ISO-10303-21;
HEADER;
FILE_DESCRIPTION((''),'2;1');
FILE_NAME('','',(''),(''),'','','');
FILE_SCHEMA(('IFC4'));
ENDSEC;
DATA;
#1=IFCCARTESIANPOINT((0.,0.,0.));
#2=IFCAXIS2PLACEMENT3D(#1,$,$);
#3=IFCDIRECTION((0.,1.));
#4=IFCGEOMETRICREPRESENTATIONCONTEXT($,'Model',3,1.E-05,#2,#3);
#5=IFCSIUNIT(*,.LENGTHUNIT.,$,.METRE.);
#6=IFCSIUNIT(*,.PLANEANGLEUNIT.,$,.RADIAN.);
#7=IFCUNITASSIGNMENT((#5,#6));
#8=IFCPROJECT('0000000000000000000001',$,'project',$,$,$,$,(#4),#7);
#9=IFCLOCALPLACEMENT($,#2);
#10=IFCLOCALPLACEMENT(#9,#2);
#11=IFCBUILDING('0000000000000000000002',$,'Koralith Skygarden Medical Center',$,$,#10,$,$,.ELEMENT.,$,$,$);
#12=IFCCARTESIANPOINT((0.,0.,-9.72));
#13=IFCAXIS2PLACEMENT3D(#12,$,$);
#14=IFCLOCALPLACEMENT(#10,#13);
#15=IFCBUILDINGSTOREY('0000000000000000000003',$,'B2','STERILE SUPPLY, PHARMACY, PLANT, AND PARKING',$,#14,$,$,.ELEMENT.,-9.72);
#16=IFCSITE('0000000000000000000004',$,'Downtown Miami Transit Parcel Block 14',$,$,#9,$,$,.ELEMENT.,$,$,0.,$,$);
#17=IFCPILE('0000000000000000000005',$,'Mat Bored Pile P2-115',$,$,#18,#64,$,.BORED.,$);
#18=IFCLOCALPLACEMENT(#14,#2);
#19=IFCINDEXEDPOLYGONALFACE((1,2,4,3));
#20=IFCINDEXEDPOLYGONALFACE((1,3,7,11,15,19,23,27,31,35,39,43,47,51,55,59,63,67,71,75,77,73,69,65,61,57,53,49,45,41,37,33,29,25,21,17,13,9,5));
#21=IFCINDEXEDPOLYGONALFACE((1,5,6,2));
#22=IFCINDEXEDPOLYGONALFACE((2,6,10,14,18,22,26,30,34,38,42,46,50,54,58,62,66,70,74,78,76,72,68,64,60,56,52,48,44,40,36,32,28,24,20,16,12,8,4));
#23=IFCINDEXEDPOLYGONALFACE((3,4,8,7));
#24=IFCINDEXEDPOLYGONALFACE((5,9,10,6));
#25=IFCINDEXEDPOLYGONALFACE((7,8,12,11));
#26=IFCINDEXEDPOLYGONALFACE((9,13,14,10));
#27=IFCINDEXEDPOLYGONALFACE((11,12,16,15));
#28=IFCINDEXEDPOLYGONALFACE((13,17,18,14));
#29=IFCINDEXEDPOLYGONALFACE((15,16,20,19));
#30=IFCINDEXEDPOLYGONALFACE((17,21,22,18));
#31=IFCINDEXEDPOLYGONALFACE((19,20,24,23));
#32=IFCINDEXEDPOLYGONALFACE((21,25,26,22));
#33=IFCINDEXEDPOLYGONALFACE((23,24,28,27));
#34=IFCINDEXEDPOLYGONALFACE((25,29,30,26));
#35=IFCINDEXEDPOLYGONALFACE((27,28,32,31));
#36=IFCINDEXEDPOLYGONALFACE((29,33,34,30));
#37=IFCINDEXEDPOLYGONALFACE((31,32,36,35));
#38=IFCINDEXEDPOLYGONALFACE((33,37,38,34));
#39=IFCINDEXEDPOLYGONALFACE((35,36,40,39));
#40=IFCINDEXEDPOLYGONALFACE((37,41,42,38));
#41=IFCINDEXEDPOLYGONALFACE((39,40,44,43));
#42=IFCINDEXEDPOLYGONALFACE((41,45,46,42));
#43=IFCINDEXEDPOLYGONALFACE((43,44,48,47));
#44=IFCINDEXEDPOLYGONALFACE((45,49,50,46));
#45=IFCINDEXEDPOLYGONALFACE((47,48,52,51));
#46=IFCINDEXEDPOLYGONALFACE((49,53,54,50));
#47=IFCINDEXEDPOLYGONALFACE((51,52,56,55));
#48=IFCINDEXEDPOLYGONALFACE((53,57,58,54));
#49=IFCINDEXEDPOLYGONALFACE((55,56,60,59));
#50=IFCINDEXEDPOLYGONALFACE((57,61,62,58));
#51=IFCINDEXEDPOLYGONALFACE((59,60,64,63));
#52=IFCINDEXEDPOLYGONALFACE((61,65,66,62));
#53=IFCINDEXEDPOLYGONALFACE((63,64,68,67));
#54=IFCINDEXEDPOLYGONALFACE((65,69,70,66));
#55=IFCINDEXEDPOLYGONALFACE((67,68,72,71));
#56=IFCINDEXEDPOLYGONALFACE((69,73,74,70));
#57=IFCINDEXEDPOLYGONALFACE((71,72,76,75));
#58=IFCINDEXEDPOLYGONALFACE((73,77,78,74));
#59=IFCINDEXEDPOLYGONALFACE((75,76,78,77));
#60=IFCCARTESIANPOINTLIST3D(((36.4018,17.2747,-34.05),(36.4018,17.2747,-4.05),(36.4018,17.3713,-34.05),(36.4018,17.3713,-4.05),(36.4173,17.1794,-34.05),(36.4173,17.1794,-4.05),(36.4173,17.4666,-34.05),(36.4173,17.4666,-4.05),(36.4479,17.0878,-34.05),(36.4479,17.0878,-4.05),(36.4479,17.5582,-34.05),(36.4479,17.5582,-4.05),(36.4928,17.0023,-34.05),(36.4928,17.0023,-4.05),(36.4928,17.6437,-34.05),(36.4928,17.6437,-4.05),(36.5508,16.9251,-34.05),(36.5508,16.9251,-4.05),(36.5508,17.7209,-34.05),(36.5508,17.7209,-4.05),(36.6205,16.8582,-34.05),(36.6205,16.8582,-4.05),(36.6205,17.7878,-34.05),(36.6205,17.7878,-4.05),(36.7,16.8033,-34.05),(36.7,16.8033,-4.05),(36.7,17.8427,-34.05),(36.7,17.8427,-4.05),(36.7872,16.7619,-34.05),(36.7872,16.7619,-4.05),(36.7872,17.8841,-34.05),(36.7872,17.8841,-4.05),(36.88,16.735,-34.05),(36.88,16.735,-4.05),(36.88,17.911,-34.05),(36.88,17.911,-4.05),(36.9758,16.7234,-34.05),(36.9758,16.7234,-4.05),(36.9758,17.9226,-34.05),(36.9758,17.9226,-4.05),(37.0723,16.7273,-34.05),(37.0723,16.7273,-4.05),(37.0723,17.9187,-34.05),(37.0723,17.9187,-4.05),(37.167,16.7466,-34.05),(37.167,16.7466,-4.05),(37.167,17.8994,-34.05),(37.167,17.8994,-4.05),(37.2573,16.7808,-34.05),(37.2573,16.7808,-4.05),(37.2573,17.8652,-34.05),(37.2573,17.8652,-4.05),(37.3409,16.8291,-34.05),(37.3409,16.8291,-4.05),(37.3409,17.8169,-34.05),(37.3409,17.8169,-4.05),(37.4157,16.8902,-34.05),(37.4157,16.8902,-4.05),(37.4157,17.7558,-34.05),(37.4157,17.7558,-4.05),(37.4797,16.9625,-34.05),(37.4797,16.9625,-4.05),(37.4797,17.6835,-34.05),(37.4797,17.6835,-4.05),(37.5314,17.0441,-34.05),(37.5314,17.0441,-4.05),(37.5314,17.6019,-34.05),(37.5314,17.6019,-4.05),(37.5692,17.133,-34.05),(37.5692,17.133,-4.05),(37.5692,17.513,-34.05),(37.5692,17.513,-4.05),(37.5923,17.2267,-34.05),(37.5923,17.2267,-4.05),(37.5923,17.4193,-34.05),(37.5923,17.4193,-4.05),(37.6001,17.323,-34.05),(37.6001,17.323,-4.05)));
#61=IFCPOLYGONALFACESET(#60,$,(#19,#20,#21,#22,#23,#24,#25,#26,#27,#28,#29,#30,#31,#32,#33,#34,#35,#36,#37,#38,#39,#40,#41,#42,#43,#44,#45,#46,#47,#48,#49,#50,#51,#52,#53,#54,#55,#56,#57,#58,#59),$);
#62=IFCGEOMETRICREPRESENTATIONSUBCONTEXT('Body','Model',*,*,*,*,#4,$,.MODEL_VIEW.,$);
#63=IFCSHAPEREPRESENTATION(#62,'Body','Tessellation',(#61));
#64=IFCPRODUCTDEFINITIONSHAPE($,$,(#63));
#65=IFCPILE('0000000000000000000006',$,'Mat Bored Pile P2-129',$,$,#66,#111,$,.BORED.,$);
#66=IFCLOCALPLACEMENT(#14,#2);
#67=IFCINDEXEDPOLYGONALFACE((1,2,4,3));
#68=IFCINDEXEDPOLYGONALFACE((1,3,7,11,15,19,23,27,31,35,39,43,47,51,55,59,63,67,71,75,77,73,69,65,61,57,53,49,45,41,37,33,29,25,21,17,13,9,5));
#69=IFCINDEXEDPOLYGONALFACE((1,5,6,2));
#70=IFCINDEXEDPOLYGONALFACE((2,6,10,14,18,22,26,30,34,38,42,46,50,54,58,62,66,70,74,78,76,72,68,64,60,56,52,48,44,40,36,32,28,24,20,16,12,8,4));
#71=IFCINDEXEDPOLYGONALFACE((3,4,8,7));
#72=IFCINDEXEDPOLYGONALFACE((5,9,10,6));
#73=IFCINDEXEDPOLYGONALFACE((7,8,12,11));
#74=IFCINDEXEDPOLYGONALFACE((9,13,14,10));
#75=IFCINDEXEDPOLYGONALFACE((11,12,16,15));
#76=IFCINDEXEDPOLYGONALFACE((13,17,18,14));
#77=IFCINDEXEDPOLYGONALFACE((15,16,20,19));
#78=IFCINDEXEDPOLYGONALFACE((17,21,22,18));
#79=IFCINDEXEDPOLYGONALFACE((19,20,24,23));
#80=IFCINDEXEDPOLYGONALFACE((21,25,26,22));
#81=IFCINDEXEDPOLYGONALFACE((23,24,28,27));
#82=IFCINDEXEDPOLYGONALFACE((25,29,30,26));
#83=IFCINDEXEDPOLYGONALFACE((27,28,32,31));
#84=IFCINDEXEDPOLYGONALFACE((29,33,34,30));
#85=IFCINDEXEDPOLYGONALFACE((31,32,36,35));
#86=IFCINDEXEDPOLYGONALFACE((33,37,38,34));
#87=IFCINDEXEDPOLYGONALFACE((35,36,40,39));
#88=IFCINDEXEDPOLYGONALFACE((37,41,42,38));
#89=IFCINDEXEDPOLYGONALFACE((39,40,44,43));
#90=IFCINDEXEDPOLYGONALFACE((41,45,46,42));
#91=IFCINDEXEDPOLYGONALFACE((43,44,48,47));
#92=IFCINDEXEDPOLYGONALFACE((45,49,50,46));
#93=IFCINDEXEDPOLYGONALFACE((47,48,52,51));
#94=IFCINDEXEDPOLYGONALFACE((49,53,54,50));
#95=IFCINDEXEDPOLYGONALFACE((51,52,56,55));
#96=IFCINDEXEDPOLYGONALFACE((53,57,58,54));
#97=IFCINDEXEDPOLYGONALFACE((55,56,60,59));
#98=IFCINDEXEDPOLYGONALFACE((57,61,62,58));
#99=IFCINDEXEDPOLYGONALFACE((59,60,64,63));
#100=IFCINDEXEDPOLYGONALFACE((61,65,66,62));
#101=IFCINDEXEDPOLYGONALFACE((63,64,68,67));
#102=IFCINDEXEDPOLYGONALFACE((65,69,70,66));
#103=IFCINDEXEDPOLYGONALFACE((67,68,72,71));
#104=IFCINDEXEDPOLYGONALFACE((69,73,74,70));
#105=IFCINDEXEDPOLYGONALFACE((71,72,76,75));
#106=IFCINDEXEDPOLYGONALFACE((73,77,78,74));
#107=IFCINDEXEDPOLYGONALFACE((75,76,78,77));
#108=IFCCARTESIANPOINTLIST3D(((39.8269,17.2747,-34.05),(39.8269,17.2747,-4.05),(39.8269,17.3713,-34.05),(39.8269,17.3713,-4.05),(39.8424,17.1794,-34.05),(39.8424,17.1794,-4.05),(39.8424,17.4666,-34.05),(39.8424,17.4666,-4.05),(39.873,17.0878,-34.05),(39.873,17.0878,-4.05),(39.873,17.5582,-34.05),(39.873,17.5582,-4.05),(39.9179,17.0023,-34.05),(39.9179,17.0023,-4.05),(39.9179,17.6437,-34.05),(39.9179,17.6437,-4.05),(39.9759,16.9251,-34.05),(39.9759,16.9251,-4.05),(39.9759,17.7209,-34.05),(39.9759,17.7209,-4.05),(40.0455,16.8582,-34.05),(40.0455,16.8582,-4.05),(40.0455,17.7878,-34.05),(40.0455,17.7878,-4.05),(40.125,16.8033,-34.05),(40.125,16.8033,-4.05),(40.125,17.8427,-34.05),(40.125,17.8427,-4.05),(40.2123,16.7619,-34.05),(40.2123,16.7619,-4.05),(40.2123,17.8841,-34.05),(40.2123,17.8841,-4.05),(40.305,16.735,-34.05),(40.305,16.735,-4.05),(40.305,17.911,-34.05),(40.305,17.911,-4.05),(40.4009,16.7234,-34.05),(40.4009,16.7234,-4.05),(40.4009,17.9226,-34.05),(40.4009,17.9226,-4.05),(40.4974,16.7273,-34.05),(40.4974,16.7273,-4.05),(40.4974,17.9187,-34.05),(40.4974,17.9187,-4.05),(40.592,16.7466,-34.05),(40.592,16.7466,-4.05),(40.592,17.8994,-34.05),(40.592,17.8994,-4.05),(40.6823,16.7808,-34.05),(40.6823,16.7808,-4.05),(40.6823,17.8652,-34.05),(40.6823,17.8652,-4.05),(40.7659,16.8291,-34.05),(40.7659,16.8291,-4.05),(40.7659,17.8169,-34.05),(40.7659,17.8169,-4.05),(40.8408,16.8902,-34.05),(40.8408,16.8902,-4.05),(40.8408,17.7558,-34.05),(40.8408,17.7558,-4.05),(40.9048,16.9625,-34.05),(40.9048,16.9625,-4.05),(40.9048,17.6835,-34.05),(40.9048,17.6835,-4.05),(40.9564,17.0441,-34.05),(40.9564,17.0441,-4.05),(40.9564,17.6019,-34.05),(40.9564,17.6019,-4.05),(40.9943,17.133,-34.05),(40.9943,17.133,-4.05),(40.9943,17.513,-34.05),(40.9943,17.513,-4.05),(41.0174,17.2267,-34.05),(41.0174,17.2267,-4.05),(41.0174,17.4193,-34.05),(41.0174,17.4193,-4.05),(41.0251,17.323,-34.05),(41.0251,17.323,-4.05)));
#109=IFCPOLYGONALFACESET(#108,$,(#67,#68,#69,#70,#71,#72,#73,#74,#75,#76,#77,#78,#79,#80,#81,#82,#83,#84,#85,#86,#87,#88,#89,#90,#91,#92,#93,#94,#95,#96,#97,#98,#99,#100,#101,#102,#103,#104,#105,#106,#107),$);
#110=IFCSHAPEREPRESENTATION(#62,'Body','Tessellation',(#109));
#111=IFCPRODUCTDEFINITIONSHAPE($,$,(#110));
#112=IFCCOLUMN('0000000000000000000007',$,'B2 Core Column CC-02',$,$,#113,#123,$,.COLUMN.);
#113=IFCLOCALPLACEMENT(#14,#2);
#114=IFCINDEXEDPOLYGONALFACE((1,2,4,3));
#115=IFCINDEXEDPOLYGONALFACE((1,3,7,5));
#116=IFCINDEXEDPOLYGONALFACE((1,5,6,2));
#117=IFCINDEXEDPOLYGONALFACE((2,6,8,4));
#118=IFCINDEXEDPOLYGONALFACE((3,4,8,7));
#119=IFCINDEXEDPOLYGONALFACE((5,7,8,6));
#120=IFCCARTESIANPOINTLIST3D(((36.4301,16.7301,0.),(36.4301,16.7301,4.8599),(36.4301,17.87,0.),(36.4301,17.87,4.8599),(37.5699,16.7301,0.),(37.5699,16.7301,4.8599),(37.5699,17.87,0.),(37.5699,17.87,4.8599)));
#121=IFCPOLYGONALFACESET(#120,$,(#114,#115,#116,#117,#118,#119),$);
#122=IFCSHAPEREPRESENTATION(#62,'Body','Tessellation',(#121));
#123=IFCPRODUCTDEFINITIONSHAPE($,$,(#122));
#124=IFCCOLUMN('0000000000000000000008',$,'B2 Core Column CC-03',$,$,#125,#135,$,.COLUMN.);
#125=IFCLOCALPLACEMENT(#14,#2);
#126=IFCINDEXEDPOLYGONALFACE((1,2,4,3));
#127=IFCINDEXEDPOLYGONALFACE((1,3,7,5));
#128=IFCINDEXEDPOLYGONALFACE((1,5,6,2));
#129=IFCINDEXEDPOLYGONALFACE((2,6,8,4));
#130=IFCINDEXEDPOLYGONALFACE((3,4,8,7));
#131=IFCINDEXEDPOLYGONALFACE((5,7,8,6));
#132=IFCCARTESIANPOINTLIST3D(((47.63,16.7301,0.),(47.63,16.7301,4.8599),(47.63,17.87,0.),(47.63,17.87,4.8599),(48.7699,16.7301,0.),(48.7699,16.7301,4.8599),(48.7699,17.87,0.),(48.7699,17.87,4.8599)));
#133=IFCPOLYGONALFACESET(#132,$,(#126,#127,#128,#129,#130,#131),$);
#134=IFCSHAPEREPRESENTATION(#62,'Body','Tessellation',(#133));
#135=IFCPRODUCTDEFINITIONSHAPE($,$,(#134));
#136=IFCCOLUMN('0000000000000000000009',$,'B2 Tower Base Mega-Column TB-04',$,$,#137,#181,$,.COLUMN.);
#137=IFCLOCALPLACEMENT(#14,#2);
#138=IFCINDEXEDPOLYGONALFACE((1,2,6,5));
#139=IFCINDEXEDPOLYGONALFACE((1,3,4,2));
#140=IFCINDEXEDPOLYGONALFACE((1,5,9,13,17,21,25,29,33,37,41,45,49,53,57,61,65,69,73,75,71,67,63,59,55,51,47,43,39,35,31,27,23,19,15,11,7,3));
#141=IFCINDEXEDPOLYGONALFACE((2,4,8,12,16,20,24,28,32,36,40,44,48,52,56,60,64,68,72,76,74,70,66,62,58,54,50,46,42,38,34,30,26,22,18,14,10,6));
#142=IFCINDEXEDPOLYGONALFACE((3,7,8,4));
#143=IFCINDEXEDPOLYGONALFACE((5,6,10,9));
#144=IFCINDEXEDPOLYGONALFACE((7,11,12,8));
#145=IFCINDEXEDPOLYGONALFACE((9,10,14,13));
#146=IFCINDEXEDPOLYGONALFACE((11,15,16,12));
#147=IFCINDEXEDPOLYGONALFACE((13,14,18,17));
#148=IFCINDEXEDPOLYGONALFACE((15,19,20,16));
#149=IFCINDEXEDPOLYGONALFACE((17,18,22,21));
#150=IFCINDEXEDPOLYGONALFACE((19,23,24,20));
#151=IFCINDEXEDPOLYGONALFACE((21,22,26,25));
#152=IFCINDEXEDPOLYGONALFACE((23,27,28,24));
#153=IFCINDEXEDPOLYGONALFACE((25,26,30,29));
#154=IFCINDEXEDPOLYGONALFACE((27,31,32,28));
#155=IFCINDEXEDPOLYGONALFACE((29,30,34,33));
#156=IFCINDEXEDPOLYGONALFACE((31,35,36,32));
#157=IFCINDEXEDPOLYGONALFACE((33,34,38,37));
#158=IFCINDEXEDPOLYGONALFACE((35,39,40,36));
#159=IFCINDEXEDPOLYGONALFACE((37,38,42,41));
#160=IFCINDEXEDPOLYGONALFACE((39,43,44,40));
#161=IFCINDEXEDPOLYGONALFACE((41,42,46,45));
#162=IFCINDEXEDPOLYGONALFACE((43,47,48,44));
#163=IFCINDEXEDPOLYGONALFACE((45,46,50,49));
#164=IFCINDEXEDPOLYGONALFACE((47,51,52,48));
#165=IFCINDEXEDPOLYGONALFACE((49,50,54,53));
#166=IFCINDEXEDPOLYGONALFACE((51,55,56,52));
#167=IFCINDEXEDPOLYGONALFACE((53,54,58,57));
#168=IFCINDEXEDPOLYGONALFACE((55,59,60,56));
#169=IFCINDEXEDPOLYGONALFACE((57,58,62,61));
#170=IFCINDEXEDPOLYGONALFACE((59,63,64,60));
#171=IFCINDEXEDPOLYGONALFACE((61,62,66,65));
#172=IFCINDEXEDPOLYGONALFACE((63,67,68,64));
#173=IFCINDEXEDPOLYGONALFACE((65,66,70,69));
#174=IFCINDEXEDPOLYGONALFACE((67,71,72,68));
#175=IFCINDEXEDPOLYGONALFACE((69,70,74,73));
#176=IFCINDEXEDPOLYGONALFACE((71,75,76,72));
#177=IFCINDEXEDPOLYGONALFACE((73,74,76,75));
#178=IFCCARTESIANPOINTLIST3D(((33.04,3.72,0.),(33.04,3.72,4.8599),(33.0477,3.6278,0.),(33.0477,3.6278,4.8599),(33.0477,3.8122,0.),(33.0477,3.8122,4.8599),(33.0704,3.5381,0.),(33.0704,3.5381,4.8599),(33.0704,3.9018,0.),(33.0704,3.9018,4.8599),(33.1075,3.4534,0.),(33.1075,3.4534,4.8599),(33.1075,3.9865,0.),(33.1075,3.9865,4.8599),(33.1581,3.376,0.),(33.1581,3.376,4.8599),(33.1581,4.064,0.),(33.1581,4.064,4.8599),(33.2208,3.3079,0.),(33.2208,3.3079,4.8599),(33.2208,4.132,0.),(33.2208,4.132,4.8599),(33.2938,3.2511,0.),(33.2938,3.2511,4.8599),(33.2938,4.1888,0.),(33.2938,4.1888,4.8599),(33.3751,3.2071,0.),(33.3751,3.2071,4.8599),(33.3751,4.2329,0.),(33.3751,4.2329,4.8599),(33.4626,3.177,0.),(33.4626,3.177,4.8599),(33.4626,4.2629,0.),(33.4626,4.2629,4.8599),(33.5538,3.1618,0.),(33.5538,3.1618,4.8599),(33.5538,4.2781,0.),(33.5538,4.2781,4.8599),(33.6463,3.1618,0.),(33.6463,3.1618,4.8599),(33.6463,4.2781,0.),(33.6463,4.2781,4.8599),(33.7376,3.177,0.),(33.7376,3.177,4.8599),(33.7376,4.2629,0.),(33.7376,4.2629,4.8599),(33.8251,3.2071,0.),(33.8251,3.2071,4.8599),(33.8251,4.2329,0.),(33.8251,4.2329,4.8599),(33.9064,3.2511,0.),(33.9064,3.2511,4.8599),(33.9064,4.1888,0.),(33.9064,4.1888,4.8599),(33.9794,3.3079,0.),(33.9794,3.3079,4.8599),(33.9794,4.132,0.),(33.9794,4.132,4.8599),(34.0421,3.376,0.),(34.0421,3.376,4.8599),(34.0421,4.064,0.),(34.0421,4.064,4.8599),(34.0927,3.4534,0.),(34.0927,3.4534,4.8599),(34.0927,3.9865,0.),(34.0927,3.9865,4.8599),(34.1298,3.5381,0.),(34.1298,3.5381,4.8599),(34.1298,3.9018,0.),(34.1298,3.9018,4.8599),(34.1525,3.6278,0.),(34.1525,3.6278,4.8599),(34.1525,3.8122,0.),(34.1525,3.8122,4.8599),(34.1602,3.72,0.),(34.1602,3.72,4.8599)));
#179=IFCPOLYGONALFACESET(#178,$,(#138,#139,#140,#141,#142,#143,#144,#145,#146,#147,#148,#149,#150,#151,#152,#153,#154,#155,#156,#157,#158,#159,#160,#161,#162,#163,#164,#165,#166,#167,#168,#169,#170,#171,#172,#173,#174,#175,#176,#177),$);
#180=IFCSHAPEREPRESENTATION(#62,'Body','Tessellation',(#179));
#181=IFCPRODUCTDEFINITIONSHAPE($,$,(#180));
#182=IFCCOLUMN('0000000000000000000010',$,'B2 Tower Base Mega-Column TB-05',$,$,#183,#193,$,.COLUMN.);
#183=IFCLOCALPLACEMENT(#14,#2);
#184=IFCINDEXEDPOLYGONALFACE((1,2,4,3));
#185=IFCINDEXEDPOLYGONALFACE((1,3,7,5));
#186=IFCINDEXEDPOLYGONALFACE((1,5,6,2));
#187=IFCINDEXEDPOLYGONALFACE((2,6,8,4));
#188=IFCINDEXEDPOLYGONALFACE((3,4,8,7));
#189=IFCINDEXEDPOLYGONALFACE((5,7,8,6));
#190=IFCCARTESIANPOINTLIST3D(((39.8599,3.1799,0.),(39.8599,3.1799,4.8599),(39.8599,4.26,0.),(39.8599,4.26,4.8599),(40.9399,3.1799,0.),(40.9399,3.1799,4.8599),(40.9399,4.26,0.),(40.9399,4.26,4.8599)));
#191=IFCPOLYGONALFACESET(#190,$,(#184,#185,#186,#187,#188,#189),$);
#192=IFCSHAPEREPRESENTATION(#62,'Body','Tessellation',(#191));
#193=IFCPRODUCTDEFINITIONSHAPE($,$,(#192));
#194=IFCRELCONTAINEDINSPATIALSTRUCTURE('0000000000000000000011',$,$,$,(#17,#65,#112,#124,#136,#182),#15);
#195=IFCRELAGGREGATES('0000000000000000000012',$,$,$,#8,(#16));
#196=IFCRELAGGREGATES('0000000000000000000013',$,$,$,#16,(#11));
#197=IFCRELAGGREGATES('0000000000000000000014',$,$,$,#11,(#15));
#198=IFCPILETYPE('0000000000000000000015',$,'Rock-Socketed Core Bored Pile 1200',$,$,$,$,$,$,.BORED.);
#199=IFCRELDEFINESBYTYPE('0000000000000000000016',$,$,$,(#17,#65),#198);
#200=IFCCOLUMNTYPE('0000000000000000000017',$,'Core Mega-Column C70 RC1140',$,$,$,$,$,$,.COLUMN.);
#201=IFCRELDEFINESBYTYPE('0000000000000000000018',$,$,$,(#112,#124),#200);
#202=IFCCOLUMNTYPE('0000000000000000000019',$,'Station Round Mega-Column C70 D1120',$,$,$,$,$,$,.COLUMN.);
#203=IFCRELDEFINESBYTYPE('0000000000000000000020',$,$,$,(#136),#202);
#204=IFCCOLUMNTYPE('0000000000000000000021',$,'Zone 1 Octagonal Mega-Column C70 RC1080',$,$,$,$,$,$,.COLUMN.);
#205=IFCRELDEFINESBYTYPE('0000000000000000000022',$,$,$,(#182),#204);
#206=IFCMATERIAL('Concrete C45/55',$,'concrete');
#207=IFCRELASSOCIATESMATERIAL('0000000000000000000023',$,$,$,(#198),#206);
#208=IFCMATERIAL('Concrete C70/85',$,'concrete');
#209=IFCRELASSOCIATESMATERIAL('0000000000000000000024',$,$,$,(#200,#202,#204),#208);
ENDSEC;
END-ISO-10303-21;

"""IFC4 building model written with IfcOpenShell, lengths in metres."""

from ifc_helpers import new_model, si_unit, direction, frame, origin, origin_2d, place, context, subcontext, project, spatial, rectangle, circle, extrude, material, material_profile, profile_set, type_object, element, save


model = new_model("IFC4")

# Units and contexts
model_context = context("Model", 3, precision=1e-05, world=origin(), true_north=direction((0.0, 1.0)))
body_context = subcontext(model_context, "Body", "Model", "MODEL_VIEW")
ifc_project = project(units=[si_unit("LENGTHUNIT", "METRE"), si_unit("PLANEANGLEUNIT", "RADIAN")], contexts=[model_context])

# Site, building, storey
site_placement = place(None, origin())
site = spatial("IfcSite", under=ifc_project, at=site_placement, Name="Downtown Miami Transit Parcel Block 14", CompositionType="ELEMENT", RefElevation=0.0)
building_placement = place(site_placement, origin())
building = spatial("IfcBuilding", under=site, at=building_placement, Name="Koralith Skygarden Medical Center", CompositionType="ELEMENT")
storey_placement = place(building_placement, frame((0.0, 0.0, -9.72)))
storey = spatial("IfcBuildingStorey", under=building, at=storey_placement, Name="B2", Description="STERILE SUPPLY, PHARMACY, PLANT, AND PARKING", CompositionType="ELEMENT", Elevation=-9.72)

# Piles
ifc_material_1 = material(Name="Concrete C45/55", Category="concrete")
ifc_material_profile_1 = material_profile(ifc_material_1, circle(Radius=0.6001, at=origin_2d()), Name="PILE1200")
ifc_profile_set_1 = profile_set([ifc_material_profile_1], Name="Concrete C45/55")
pile_type_1 = type_object("IfcPileType", Name="Rock-Socketed Core Bored Pile 1200", PredefinedType="BORED", material=ifc_profile_set_1)
for number, where, z_axis, x_axis, name in (
    (1, (37.0, 17.323, -4.05), (0.0, 0.0, -1.0), (1.0, 0.0, 0.0), "Mat Bored Pile P2-115"),
    (2, (40.425, 17.323, -4.05), (0.0, 0.0, -1.0), (1.0, 0.0, 0.0), "Mat Bored Pile P2-129"),
):
    element("IfcPile", number, at=place(storey_placement, frame(where, z_axis=z_axis, x_axis=x_axis)), inside=storey, type_object=pile_type_1, Name=name, PredefinedType="BORED", context=body_context, shape_type="SweptSolid", body=[
        extrude(circle(Radius=0.6001, at=origin_2d()), origin(), (0.0, 0.0, 1.0), 30.0),
    ])

# Columns
ifc_material_2 = material(Name="Concrete C70/85", Category="concrete")
ifc_material_profile_2 = material_profile(ifc_material_2, rectangle(XDim=1.1399, YDim=1.1399, at=origin_2d()), Name="RC1140X1140")
ifc_profile_set_2 = profile_set([ifc_material_profile_2], Name="Concrete C70/85")
column_type_1 = type_object("IfcColumnType", Name="Core Mega-Column C70 RC1140", PredefinedType="COLUMN", material=ifc_profile_set_2)
for number, where, z_axis, x_axis, name in (
    (3, (37.0, 17.3, 0.0), (0.0, 0.0, 1.0), (1.0, 0.0, 0.0), "B2 Core Column CC-02"),
    (4, (48.2, 17.3, 0.0), (0.0, 0.0, 1.0), (1.0, 0.0, 0.0), "B2 Core Column CC-03"),
):
    element("IfcColumn", number, at=place(storey_placement, frame(where, z_axis=z_axis, x_axis=x_axis)), inside=storey, type_object=column_type_1, Name=name, PredefinedType="COLUMN", context=body_context, shape_type="SweptSolid", body=[
        extrude(rectangle(XDim=1.1399, YDim=1.1399, at=origin_2d()), origin(), (0.0, 0.0, 1.0), 4.8599),
    ])
ifc_material_profile_3 = material_profile(ifc_material_2, circle(Radius=0.5601, at=origin_2d()), Name="RCCOL1120")
ifc_profile_set_3 = profile_set([ifc_material_profile_3], Name="Concrete C70/85")
column_type_2 = type_object("IfcColumnType", Name="Station Round Mega-Column C70 D1120", PredefinedType="COLUMN", material=ifc_profile_set_3)
column_1_placement = place(storey_placement, frame((33.6001, 3.72, 0.0), z_axis=(0.0, 0.0, 1.0), x_axis=(1.0, 0.0, 0.0)))
element("IfcColumn", 5, at=column_1_placement, inside=storey, type_object=column_type_2, Name="B2 Tower Base Mega-Column TB-04", PredefinedType="COLUMN", context=body_context, shape_type="SweptSolid", body=[
    extrude(circle(Radius=0.5601, at=origin_2d()), origin(), (0.0, 0.0, 1.0), 4.8599),
])
ifc_material_profile_4 = material_profile(ifc_material_2, rectangle(XDim=1.0801, YDim=1.0801, at=origin_2d()), Name="RC1080X1080")
ifc_profile_set_4 = profile_set([ifc_material_profile_4], Name="Concrete C70/85")
column_type_3 = type_object("IfcColumnType", Name="Zone 1 Octagonal Mega-Column C70 RC1080", PredefinedType="COLUMN", material=ifc_profile_set_4)
column_2_placement = place(storey_placement, frame((40.3999, 3.72, 0.0), z_axis=(0.0, 0.0, 1.0), x_axis=(1.0, 0.0, 0.0)))
element("IfcColumn", 6, at=column_2_placement, inside=storey, type_object=column_type_3, Name="B2 Tower Base Mega-Column TB-05", PredefinedType="COLUMN", context=body_context, shape_type="SweptSolid", body=[
    extrude(rectangle(XDim=1.0801, YDim=1.0801, at=origin_2d()), origin(), (0.0, 0.0, 1.0), 4.8599),
])

save(model, "model.ifc")
